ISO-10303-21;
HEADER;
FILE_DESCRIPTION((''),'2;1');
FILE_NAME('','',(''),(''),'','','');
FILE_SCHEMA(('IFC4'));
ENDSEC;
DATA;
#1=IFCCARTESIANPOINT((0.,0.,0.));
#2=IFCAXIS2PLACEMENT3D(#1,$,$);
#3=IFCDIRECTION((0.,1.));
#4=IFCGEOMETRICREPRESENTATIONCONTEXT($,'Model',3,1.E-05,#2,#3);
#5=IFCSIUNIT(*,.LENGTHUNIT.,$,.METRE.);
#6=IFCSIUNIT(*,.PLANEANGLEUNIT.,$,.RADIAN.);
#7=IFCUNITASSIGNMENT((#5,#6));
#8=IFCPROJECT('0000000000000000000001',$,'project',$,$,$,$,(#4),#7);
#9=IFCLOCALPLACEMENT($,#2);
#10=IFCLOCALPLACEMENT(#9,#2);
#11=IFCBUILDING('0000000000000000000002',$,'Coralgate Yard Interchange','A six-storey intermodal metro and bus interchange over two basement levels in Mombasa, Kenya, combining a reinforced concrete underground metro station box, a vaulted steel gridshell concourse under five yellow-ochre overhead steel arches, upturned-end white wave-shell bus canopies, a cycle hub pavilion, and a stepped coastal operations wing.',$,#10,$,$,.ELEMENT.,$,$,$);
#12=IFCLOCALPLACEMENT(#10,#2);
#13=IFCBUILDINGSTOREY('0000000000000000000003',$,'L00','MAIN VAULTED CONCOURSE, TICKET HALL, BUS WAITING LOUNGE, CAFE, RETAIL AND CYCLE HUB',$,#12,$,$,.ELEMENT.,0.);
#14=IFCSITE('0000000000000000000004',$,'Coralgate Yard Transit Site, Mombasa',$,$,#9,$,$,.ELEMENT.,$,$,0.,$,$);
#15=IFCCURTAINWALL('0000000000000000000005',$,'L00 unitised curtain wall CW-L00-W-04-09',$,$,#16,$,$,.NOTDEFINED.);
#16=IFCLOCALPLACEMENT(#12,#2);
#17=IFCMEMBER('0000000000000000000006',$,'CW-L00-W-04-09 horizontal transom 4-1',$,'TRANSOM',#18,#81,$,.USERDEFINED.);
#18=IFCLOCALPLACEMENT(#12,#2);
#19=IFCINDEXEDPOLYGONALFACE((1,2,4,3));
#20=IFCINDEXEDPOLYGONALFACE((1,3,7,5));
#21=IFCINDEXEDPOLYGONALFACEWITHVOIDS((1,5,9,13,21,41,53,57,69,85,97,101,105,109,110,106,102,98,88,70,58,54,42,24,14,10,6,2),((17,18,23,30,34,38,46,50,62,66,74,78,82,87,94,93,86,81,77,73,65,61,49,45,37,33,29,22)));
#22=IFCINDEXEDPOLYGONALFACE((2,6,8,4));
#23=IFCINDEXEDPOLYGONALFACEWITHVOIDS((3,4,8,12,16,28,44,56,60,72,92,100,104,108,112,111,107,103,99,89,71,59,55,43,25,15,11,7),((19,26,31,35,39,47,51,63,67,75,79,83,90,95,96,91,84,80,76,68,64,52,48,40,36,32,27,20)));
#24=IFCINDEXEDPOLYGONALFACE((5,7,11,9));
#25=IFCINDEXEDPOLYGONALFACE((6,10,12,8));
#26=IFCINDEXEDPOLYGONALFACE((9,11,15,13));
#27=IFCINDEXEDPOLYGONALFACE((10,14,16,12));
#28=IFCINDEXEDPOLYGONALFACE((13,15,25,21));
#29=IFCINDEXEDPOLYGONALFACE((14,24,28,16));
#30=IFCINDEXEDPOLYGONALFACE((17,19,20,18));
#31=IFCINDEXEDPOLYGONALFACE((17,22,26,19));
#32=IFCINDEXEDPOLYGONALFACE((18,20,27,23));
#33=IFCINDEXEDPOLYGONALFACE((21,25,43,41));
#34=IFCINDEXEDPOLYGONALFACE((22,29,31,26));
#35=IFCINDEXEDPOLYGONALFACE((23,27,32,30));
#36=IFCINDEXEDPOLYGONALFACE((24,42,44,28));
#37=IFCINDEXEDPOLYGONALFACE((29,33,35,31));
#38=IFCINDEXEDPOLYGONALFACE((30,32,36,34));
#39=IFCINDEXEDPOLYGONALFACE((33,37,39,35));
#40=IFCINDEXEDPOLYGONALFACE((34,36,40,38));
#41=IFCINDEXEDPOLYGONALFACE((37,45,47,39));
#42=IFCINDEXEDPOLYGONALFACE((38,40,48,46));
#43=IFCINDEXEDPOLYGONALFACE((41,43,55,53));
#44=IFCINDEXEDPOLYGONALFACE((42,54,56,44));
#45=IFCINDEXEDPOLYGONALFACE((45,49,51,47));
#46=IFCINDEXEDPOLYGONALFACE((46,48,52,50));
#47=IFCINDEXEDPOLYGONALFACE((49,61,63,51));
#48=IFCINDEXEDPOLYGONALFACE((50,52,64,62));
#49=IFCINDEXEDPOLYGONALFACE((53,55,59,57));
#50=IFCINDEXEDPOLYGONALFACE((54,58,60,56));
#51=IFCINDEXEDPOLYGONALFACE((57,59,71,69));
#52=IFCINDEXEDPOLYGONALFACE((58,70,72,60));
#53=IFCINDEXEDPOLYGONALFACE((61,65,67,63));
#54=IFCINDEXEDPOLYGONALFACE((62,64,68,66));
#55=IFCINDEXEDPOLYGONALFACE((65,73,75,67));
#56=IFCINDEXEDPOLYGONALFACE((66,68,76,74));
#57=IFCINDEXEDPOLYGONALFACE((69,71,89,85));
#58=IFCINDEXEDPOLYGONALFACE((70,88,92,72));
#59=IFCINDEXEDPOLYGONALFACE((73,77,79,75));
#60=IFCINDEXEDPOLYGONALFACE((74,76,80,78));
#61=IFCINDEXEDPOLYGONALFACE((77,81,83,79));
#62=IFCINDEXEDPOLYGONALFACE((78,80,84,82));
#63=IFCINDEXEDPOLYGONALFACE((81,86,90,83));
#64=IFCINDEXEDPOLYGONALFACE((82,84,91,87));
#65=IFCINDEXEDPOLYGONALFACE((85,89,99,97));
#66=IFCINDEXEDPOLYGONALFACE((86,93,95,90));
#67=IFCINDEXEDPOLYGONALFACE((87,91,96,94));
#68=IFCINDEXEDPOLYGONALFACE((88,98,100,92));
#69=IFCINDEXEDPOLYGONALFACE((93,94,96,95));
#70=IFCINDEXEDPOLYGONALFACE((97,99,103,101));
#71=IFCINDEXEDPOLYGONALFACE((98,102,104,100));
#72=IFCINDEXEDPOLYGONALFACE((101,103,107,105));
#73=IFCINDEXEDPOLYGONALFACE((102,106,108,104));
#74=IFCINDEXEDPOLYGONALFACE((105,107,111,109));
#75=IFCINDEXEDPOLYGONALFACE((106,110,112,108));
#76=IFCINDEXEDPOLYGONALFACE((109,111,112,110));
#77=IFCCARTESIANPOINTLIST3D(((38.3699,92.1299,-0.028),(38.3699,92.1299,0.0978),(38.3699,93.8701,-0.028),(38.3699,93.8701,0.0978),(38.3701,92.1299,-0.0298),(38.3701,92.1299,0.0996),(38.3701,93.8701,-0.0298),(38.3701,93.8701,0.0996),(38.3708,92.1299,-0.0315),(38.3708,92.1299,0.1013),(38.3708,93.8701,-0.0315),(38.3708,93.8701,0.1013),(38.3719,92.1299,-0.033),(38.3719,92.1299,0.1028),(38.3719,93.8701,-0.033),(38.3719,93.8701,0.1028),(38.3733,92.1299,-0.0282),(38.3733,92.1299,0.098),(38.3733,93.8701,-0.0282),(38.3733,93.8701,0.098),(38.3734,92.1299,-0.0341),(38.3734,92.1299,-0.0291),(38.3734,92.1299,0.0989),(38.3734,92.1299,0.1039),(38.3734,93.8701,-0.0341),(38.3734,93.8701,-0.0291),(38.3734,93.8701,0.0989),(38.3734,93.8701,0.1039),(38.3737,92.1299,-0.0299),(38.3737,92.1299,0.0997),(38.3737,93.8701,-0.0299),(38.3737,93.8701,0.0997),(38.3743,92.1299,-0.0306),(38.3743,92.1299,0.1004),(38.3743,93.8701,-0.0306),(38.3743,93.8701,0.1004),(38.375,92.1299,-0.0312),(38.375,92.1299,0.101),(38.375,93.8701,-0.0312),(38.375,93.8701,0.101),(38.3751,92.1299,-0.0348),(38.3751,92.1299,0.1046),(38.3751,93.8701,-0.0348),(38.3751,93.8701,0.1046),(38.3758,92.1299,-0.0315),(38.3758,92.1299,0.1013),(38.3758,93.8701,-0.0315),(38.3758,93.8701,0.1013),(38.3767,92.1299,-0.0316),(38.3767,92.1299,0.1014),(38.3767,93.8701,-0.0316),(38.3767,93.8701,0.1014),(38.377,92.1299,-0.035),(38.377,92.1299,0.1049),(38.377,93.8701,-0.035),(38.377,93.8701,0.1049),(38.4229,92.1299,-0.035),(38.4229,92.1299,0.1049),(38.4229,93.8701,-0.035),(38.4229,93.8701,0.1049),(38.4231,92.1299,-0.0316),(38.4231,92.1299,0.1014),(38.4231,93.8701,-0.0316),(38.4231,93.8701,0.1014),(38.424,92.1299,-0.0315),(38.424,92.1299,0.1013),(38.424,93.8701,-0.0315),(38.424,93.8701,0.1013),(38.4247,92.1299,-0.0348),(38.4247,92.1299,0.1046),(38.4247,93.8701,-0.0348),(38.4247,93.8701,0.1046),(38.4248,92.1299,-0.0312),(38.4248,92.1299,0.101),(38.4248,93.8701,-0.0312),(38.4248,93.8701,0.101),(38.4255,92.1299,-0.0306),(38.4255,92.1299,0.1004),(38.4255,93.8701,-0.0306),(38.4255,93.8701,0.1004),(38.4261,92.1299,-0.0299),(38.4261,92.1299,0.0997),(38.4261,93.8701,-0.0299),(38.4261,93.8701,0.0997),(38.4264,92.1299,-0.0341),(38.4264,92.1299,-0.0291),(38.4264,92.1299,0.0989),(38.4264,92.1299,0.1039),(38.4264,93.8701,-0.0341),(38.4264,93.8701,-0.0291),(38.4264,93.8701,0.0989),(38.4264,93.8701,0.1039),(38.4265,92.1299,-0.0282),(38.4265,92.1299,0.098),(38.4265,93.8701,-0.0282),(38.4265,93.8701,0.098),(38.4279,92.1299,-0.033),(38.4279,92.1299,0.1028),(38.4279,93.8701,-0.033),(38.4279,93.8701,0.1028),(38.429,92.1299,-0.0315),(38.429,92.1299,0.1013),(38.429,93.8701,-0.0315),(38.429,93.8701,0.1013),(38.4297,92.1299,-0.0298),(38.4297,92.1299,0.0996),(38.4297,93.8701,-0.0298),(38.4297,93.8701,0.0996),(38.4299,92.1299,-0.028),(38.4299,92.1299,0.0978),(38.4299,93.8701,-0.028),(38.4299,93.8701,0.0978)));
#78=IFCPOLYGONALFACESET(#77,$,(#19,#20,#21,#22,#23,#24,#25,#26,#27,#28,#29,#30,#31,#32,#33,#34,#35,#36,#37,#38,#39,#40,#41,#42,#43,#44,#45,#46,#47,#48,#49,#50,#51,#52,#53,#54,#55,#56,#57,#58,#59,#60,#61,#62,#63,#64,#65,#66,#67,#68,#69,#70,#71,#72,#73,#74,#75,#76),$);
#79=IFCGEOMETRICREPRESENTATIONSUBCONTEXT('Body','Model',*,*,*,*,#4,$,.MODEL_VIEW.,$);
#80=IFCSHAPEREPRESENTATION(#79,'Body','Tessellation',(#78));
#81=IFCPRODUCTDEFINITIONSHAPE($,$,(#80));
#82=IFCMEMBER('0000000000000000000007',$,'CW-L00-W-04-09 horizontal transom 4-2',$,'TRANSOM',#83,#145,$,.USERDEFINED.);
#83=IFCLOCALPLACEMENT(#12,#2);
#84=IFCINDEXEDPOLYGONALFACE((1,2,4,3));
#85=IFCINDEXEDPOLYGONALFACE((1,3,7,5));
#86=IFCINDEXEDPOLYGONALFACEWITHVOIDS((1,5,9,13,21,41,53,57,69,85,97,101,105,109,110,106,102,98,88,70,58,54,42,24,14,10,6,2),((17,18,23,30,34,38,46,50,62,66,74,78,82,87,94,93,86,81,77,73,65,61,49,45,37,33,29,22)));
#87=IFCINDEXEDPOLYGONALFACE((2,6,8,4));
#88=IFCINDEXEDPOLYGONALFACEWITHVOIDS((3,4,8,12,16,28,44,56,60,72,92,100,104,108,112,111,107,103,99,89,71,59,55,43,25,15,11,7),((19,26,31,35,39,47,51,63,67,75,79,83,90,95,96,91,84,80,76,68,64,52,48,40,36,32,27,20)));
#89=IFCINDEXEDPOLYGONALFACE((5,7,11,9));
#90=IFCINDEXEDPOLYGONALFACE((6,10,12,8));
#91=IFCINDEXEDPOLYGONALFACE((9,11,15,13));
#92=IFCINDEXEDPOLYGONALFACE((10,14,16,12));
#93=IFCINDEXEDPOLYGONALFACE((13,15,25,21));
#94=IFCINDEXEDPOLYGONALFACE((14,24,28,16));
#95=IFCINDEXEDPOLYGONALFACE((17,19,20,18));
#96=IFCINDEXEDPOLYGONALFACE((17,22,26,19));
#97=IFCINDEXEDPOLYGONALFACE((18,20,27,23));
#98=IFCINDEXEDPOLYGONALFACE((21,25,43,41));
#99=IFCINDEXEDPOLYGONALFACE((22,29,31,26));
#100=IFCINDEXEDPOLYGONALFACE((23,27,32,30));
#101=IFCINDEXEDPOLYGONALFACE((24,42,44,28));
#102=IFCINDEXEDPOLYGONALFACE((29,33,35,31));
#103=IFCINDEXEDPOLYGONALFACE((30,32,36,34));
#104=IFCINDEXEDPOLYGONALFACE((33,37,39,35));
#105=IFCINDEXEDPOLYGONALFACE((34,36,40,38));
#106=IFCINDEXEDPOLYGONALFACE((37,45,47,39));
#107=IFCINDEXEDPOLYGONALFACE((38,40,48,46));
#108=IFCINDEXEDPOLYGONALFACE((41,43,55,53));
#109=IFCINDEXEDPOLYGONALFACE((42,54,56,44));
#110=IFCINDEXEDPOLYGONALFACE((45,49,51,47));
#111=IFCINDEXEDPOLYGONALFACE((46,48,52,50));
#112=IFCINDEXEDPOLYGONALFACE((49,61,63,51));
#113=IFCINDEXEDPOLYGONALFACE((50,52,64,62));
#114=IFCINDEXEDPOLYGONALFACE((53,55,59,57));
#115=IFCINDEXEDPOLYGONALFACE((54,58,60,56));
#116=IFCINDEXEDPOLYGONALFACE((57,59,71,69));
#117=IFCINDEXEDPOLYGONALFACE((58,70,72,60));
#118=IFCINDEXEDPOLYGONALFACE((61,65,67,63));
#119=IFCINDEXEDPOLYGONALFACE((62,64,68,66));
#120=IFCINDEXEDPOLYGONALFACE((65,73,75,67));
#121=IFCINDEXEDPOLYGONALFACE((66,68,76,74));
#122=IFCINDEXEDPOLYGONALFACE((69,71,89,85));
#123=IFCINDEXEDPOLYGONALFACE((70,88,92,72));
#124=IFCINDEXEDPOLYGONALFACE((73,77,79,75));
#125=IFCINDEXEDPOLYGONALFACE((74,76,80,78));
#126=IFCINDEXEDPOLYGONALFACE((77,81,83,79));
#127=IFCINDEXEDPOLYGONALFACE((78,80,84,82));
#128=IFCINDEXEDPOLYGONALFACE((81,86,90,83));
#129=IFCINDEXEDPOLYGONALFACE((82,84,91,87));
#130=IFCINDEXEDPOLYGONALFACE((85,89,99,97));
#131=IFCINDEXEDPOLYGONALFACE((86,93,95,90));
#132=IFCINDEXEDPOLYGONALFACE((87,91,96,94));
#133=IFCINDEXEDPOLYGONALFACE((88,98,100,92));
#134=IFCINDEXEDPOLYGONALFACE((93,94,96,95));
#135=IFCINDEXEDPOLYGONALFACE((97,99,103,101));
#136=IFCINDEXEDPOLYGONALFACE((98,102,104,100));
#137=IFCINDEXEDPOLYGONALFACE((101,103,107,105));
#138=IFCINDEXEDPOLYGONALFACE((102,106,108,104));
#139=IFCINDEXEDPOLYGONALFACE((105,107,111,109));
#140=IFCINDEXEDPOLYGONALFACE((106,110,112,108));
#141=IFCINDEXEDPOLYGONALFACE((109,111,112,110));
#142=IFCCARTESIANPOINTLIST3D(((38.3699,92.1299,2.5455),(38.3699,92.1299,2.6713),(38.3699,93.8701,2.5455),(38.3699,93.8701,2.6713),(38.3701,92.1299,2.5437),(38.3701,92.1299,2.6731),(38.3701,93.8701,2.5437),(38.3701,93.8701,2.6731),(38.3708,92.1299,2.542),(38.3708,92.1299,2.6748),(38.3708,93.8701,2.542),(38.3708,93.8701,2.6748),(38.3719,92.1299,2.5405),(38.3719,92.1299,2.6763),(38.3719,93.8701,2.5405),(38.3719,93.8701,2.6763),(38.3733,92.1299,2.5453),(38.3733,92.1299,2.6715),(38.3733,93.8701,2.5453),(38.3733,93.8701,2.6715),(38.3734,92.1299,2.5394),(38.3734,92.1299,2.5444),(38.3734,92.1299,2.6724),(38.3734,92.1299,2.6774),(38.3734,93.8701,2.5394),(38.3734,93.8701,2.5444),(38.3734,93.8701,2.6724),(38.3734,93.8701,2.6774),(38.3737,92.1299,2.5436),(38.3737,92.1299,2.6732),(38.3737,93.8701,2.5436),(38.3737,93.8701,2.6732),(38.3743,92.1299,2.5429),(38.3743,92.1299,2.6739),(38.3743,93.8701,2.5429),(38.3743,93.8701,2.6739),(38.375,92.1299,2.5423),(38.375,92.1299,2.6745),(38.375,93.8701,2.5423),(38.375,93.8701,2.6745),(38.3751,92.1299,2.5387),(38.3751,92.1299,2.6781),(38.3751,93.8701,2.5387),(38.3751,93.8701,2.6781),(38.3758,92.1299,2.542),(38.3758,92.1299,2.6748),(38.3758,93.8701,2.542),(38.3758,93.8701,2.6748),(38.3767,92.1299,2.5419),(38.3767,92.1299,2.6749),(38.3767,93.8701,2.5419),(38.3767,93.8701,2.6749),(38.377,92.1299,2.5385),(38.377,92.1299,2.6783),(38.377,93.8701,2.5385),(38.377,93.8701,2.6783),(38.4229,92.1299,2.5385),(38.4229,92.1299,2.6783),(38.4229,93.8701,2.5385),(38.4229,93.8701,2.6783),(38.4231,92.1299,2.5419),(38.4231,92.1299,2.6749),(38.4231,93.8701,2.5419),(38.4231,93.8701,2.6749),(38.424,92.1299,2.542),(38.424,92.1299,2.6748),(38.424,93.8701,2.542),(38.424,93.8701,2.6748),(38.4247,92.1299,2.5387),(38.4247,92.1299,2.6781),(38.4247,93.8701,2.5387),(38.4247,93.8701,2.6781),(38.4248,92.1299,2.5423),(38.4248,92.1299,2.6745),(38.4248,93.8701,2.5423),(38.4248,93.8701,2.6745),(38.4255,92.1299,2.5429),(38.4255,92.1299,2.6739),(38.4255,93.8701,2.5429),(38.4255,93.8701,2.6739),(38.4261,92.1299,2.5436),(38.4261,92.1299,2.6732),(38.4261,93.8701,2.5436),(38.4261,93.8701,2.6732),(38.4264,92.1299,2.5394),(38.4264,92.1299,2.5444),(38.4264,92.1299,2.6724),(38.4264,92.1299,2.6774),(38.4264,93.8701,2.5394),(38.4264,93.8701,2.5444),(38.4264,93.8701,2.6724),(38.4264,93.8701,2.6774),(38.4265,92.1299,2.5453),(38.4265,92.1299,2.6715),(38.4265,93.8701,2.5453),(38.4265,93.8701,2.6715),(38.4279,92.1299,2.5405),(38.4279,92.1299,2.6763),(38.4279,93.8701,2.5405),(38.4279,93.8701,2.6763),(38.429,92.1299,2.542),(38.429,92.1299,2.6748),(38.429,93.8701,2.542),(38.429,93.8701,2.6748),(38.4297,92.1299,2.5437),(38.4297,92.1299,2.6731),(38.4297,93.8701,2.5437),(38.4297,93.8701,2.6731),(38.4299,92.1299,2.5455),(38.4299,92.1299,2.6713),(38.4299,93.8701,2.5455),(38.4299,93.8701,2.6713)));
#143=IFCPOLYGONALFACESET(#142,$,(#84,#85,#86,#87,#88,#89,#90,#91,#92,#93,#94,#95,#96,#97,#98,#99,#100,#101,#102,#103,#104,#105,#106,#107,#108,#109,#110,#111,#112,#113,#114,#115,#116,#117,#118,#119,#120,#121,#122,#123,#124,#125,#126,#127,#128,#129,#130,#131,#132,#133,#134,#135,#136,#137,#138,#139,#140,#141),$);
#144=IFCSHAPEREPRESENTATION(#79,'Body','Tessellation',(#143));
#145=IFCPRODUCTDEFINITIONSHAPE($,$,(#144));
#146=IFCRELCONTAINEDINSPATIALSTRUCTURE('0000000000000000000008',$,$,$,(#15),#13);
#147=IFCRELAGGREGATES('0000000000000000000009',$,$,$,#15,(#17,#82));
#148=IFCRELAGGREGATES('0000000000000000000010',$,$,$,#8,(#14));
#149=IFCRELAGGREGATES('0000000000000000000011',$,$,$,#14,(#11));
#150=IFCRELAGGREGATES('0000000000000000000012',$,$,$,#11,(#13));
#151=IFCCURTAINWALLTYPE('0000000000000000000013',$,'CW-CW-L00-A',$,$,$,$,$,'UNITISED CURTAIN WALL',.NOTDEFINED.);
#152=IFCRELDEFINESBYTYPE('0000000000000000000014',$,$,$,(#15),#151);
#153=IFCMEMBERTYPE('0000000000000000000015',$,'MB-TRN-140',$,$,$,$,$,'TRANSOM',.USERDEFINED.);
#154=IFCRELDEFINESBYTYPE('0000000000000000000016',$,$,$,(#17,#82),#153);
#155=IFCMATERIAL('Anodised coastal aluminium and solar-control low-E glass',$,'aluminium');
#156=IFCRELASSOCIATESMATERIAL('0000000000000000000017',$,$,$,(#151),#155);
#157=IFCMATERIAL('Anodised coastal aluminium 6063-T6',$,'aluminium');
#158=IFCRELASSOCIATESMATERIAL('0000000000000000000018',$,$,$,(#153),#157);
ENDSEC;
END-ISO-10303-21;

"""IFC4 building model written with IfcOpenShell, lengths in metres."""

from ifc_helpers import new_model, si_unit, direction, frame, origin, origin_2d, place, context, subcontext, project, spatial, hollow_rectangle, extrude, material, material_profile, profile_set, type_object, element, aggregate, save


model = new_model("IFC4")

# Units and contexts
model_context = context("Model", 3, precision=1e-05, world=origin(), true_north=direction((0.0, 1.0)))
body_context = subcontext(model_context, "Body", "Model", "MODEL_VIEW")
ifc_project = project(units=[si_unit("LENGTHUNIT", "METRE"), si_unit("PLANEANGLEUNIT", "RADIAN")], contexts=[model_context])

# Site, building, storey
site_placement = place(None, origin())
site = spatial("IfcSite", under=ifc_project, at=site_placement, Name="Coralgate Yard Transit Site, Mombasa", CompositionType="ELEMENT", RefElevation=0.0)
building_placement = place(site_placement, origin())
building = spatial("IfcBuilding", under=site, at=building_placement, Name="Coralgate Yard Interchange", Description="A six-storey intermodal metro and bus interchange over two basement levels in Mombasa, Kenya, combining a reinforced concrete underground metro station box, a vaulted steel gridshell concourse under five yellow-ochre overhead steel arches, upturned-end white wave-shell bus canopies, a cycle hub pavilion, and a stepped coastal operations wing.", CompositionType="ELEMENT")
storey_placement = place(building_placement, origin())
storey = spatial("IfcBuildingStorey", under=building, at=storey_placement, Name="L00", Description="MAIN VAULTED CONCOURSE, TICKET HALL, BUS WAITING LOUNGE, CAFE, RETAIL AND CYCLE HUB", CompositionType="ELEMENT", Elevation=0.0)

# Curtain wall, members
ifc_material_1 = material(Name="Anodised coastal aluminium and solar-control low-E glass", Category="aluminium")
curtain_wall_type = type_object("IfcCurtainWallType", Name="CW-CW-L00-A", ElementType="UNITISED CURTAIN WALL", PredefinedType="NOTDEFINED", material=ifc_material_1)
curtain_wall_placement = place(storey_placement, origin())
curtain_wall = element("IfcCurtainWall", 1, at=curtain_wall_placement, inside=storey, type_object=curtain_wall_type, Name="L00 unitised curtain wall CW-L00-W-04-09", PredefinedType="NOTDEFINED")
ifc_material_2 = material(Name="Anodised coastal aluminium 6063-T6", Category="aluminium")
ifc_material_profile_1 = material_profile(ifc_material_2, hollow_rectangle(XDim=0.0601, YDim=0.1399, WallThickness=0.0034, InnerFilletRadius=0.0034, OuterFilletRadius=0.0071, at=origin_2d()), Name="ALU 60x140x3.5")
ifc_profile_set_1 = profile_set([ifc_material_profile_1], Name="Anodised coastal aluminium 6063-T6")
member_type_1 = type_object("IfcMemberType", Name="MB-TRN-140", ElementType="TRANSOM", PredefinedType="USERDEFINED", material=ifc_profile_set_1)
member_1_placement = place(storey_placement, frame((38.3999, 92.1299, 0.0349), z_axis=(0.0, 1.0, 0.0), x_axis=(-1.0, 0.0, 0.0)))
member_1 = element("IfcMember", 2, at=member_1_placement, type_object=member_type_1, Name="CW-L00-W-04-09 horizontal transom 4-1", ObjectType="TRANSOM", PredefinedType="USERDEFINED", context=body_context, shape_type="SweptSolid", body=[
    extrude(hollow_rectangle(XDim=0.0601, YDim=0.1399, WallThickness=0.0034, InnerFilletRadius=0.0034, OuterFilletRadius=0.0071, at=origin_2d()), origin(), (0.0, 0.0, 1.0), 1.7402),
])
member_2_placement = place(storey_placement, frame((38.3999, 92.1299, 2.6084), z_axis=(0.0, 1.0, 0.0), x_axis=(-1.0, 0.0, 0.0)))
member_2 = element("IfcMember", 3, at=member_2_placement, type_object=member_type_1, Name="CW-L00-W-04-09 horizontal transom 4-2", ObjectType="TRANSOM", PredefinedType="USERDEFINED", context=body_context, shape_type="SweptSolid", body=[
    extrude(hollow_rectangle(XDim=0.0601, YDim=0.1399, WallThickness=0.0034, InnerFilletRadius=0.0034, OuterFilletRadius=0.0071, at=origin_2d()), origin(), (0.0, 0.0, 1.0), 1.7402),
])
aggregate(curtain_wall, [member_1, member_2])

save(model, "model.ifc")
